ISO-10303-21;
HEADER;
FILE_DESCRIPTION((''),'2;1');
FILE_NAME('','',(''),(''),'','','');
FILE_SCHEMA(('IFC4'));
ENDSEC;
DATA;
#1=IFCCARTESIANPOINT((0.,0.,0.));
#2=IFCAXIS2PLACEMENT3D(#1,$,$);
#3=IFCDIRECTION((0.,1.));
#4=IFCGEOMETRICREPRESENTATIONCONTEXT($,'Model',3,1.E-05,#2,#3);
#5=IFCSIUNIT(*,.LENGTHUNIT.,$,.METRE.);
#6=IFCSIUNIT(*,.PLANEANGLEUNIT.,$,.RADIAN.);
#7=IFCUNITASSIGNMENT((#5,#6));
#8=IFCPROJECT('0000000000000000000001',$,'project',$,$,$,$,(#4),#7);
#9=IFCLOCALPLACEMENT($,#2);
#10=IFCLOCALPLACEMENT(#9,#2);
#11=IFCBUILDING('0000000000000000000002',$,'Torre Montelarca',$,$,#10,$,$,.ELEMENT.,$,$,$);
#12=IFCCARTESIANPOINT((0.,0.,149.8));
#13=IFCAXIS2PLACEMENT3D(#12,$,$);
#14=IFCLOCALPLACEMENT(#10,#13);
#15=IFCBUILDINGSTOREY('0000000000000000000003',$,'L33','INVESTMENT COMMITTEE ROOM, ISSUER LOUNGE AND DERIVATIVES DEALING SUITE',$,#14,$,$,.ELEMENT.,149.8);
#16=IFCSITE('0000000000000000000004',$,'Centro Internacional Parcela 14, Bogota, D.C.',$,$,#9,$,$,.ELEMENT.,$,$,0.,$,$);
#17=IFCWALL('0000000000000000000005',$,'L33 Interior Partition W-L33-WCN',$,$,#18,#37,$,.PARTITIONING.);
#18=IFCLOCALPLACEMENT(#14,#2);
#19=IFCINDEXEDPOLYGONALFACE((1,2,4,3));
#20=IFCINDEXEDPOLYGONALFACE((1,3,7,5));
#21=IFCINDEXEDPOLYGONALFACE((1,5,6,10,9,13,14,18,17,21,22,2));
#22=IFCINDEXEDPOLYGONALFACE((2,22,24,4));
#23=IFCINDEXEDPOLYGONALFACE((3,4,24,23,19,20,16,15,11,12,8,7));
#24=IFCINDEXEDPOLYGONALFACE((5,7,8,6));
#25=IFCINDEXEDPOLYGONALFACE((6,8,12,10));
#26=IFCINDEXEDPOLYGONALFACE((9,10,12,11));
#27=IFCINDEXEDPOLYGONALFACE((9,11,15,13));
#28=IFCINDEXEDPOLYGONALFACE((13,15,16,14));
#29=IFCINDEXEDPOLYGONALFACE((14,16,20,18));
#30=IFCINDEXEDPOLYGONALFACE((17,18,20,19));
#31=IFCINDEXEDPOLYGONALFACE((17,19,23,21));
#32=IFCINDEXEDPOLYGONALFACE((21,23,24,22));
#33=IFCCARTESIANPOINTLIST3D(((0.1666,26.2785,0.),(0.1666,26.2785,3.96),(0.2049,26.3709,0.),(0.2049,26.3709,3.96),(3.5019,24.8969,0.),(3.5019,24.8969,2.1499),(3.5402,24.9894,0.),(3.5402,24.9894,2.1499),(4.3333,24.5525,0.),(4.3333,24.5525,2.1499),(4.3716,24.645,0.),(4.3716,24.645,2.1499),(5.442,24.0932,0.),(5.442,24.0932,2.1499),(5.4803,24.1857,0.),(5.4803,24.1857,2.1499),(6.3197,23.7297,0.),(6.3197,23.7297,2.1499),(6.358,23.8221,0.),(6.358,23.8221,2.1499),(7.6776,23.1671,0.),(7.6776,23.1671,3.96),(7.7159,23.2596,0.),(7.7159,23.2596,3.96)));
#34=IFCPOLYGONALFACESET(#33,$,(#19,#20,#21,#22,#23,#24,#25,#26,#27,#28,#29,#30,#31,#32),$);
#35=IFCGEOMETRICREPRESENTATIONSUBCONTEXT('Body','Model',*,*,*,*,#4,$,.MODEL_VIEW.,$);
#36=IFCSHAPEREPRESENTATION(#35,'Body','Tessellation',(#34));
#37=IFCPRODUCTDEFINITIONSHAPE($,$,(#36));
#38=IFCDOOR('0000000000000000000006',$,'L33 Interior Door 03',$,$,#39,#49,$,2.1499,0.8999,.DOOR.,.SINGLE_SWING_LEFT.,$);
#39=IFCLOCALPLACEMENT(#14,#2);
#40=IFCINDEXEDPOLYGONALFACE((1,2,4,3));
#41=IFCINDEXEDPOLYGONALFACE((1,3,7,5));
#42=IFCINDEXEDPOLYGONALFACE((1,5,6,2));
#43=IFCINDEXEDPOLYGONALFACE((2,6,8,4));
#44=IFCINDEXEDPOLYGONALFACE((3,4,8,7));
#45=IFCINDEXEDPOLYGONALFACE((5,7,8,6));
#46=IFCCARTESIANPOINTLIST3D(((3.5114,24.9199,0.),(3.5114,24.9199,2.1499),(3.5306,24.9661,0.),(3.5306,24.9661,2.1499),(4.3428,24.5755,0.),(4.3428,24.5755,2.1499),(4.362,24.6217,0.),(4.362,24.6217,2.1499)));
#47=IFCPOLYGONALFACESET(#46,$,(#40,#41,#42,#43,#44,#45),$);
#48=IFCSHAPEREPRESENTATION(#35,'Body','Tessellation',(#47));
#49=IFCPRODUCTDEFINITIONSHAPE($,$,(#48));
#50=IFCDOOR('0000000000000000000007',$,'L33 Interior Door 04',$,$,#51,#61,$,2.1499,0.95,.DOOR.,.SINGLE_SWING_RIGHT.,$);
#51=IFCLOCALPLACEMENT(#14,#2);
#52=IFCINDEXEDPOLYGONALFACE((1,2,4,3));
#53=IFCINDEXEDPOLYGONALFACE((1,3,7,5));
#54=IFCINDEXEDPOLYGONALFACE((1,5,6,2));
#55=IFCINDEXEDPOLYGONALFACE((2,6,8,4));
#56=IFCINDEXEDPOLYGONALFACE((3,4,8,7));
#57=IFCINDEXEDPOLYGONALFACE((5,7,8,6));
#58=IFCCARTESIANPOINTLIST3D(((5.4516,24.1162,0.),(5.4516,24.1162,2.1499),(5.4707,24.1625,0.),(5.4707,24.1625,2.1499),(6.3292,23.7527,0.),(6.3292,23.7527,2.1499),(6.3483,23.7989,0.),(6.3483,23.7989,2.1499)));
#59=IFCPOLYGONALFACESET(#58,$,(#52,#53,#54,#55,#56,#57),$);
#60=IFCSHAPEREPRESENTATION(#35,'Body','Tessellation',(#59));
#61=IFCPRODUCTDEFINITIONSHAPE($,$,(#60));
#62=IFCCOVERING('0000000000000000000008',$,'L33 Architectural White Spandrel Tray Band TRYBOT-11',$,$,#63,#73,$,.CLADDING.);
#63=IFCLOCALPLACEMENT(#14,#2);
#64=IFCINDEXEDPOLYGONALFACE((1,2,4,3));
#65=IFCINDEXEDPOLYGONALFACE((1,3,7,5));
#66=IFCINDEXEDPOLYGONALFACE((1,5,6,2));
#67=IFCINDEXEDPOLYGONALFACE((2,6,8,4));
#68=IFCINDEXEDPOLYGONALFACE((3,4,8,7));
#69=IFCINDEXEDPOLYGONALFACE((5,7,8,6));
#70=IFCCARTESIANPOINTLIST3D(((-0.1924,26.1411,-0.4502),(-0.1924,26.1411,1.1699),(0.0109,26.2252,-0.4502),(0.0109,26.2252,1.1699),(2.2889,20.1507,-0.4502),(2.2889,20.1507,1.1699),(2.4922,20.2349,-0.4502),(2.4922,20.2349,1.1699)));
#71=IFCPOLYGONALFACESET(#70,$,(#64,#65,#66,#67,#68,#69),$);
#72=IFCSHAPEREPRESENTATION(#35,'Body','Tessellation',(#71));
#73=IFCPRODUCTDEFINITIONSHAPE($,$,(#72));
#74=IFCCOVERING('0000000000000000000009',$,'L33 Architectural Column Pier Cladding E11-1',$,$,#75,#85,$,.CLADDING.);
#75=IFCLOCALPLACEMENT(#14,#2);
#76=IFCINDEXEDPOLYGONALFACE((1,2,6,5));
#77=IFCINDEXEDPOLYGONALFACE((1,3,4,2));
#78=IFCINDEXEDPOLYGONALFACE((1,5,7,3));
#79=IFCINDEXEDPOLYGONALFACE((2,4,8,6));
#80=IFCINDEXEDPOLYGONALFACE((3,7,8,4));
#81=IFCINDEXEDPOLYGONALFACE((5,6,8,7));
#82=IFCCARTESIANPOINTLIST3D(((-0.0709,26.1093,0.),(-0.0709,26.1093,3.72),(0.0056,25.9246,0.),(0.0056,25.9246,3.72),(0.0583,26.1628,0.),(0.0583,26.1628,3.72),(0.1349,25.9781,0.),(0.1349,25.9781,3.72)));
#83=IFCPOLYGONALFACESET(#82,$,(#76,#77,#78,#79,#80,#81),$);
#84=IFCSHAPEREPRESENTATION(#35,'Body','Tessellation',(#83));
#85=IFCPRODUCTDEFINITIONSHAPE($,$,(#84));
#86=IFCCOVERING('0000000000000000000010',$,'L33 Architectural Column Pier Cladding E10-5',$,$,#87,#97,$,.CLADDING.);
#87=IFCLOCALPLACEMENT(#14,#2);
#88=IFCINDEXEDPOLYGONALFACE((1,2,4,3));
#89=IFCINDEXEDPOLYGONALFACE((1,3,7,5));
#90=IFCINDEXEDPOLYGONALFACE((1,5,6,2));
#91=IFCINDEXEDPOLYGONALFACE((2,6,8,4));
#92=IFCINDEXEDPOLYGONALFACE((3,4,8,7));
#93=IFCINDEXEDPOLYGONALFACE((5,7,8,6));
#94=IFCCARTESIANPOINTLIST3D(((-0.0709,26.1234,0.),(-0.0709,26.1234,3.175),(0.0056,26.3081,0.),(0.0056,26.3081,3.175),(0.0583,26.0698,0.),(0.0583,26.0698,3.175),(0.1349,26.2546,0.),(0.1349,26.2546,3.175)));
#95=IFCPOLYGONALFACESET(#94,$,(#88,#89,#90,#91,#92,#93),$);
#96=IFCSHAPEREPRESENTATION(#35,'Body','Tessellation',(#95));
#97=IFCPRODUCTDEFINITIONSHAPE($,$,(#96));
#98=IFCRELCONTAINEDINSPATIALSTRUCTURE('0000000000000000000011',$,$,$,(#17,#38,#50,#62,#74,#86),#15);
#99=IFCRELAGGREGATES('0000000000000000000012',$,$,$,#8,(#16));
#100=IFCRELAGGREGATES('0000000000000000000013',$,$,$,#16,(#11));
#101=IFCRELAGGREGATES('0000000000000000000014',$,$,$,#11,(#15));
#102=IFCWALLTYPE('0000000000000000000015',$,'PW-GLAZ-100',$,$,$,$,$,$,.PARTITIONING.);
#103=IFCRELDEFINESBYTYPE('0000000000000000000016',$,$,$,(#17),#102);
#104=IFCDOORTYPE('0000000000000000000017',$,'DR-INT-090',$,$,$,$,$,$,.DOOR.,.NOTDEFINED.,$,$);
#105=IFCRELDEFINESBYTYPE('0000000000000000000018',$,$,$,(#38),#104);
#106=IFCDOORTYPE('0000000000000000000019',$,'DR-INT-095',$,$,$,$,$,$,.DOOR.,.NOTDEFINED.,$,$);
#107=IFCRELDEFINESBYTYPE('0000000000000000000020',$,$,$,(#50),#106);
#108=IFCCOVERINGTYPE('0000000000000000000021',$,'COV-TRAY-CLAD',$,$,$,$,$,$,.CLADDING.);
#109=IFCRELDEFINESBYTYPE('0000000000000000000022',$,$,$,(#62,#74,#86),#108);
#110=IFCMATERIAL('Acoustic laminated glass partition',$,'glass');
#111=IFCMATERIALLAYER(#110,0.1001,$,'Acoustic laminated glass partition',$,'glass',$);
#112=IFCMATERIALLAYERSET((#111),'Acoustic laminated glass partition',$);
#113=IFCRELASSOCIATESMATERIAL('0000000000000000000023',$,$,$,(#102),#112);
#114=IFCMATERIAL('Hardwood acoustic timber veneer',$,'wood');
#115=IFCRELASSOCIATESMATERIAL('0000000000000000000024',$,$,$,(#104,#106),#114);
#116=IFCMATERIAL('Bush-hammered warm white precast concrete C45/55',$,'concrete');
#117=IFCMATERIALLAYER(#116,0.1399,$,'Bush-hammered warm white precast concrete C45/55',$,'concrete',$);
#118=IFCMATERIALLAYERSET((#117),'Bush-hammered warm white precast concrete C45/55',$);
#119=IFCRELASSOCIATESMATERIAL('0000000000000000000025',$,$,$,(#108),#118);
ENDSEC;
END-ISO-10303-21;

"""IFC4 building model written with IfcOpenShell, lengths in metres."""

from ifc_helpers import new_model, si_unit, direction, frame, frame_2d, origin, origin_2d, place, context, subcontext, project, spatial, rectangle, extrude, source, transform, mapped, material, layer, layer_set, type_object, element, fill, save


model = new_model("IFC4")

# Units and contexts
model_context = context("Model", 3, precision=1e-05, world=origin(), true_north=direction((0.0, 1.0)))
body_context = subcontext(model_context, "Body", "Model", "MODEL_VIEW")
ifc_project = project(units=[si_unit("LENGTHUNIT", "METRE"), si_unit("PLANEANGLEUNIT", "RADIAN")], contexts=[model_context])

# Site, building, storey
site_placement = place(None, origin())
site = spatial("IfcSite", under=ifc_project, at=site_placement, Name="Centro Internacional Parcela 14, Bogota, D.C.", CompositionType="ELEMENT", RefElevation=0.0)
building_placement = place(site_placement, origin())
building = spatial("IfcBuilding", under=site, at=building_placement, Name="Torre Montelarca", CompositionType="ELEMENT")
storey_placement = place(building_placement, frame((0.0, 0.0, 149.8)))
storey = spatial("IfcBuildingStorey", under=building, at=storey_placement, Name="L33", Description="INVESTMENT COMMITTEE ROOM, ISSUER LOUNGE AND DERIVATIVES DEALING SUITE", CompositionType="ELEMENT", Elevation=149.8)

# Wall, openings, doors
ifc_material_1 = material(Name="Acoustic laminated glass partition", Category="glass")
ifc_layer_1 = layer(ifc_material_1, 0.1001, Name="Acoustic laminated glass partition", Category="glass")
ifc_layer_set_1 = layer_set([ifc_layer_1], Name="Acoustic laminated glass partition")
wall_type = type_object("IfcWallType", Name="PW-GLAZ-100", PredefinedType="PARTITIONING", material=ifc_layer_set_1)
wall_placement = place(storey_placement, frame((0.1858, 26.3247, 0.0), z_axis=(0.0, 0.0, 1.0), x_axis=(0.923872, -0.382702, 0.0)))
wall = element("IfcWall", 1, at=wall_placement, inside=storey, type_object=wall_type, Name="L33 Interior Partition W-L33-WCN", PredefinedType="PARTITIONING", context=body_context, shape_type="SweptSolid", body=[
    extrude(rectangle(XDim=8.1299, YDim=0.1001, at=frame_2d((4.0649, 0.0))), origin(), (0.0, 0.0, 1.0), 3.96),
])
opening_1_placement = place(wall_placement, frame((3.6101, 0.0, 0.0)))
opening_1 = element("IfcOpeningElement", 2, at=opening_1_placement, cuts=wall, PredefinedType="OPENING", context=body_context, shape_type="SweptSolid", body=[
    extrude(rectangle(XDim=0.8999, YDim=2.1499, at=frame_2d((0.45, 1.075))), frame((0.0, 0.0601, 0.0), z_axis=(0.0, -1.0, 0.0), x_axis=(1.0, 0.0, 0.0)), (0.0, 0.0, 1.0), 0.1201),
])
opening_2_placement = place(wall_placement, frame((5.71, 0.0, 0.0)))
opening_2 = element("IfcOpeningElement", 3, at=opening_2_placement, cuts=wall, PredefinedType="OPENING", context=body_context, shape_type="SweptSolid", body=[
    extrude(rectangle(XDim=0.95, YDim=2.1499, at=frame_2d((0.4751, 1.075))), frame((0.0, 0.0601, 0.0), z_axis=(0.0, -1.0, 0.0), x_axis=(1.0, 0.0, 0.0)), (0.0, 0.0, 1.0), 0.1201),
])
ifc_material_2 = material(Name="Hardwood acoustic timber veneer", Category="wood")
door_type_1 = type_object("IfcDoorType", Name="DR-INT-090", OperationType="NOTDEFINED", PredefinedType="DOOR", material=ifc_material_2)
shared_shape_1 = source(origin(), body_context, "Body", "SweptSolid", [
    extrude(rectangle(XDim=0.8999, YDim=2.1499, at=frame_2d((0.45, 1.075))), frame((0.0, 0.0249, 0.0), z_axis=(0.0, -1.0, 0.0), x_axis=(1.0, 0.0, 0.0)), (0.0, 0.0, 1.0), 0.05),
])
door_1_placement = place(opening_1_placement, origin())
door_1 = element("IfcDoor", 4, at=door_1_placement, inside=storey, type_object=door_type_1, Name="L33 Interior Door 03", OperationType="SINGLE_SWING_LEFT", OverallHeight=2.1499, OverallWidth=0.8999, PredefinedType="DOOR", context=body_context, shape_type="MappedRepresentation", body=[
    mapped(shared_shape_1, transform((0.0, 0.0, 0.0), scale=1.0)),
])
fill(opening_1, door_1)
door_type_2 = type_object("IfcDoorType", Name="DR-INT-095", OperationType="NOTDEFINED", PredefinedType="DOOR", material=ifc_material_2)
shared_shape_2 = source(origin(), body_context, "Body", "SweptSolid", [
    extrude(rectangle(XDim=0.95, YDim=2.1499, at=frame_2d((0.4751, 1.075))), frame((0.0, 0.0249, 0.0), z_axis=(0.0, -1.0, 0.0), x_axis=(1.0, 0.0, 0.0)), (0.0, 0.0, 1.0), 0.05),
])
door_2_placement = place(opening_2_placement, origin())
door_2 = element("IfcDoor", 5, at=door_2_placement, inside=storey, type_object=door_type_2, Name="L33 Interior Door 04", OperationType="SINGLE_SWING_RIGHT", OverallHeight=2.1499, OverallWidth=0.95, PredefinedType="DOOR", context=body_context, shape_type="MappedRepresentation", body=[
    mapped(shared_shape_2, transform((0.0, 0.0, 0.0), scale=1.0)),
])
fill(opening_2, door_2)

# Coverings
ifc_material_3 = material(Name="Bush-hammered warm white precast concrete C45/55", Category="concrete")
ifc_layer_2 = layer(ifc_material_3, 0.1399, Name="Bush-hammered warm white precast concrete C45/55", Category="concrete")
ifc_layer_set_2 = layer_set([ifc_layer_2], Name="Bush-hammered warm white precast concrete C45/55")
covering_type = type_object("IfcCoveringType", Name="COV-TRAY-CLAD", PredefinedType="CLADDING", material=ifc_layer_set_2)
shared_shape_3 = source(origin(), body_context, "Body", "SweptSolid", [
    extrude(rectangle(XDim=6.4839, YDim=0.22, at=origin_2d()), origin(), (0.0, 0.0, 1.0), 1.6201),
])
covering_1_placement = place(storey_placement, frame((1.1499, 23.188, -0.4502), z_axis=(0.0, 0.0, 1.0), x_axis=(0.382688, -0.923878, 0.0)))
element("IfcCovering", 6, at=covering_1_placement, inside=storey, type_object=covering_type, Name="L33 Architectural White Spandrel Tray Band TRYBOT-11", PredefinedType="CLADDING", context=body_context, shape_type="MappedRepresentation", body=[
    mapped(shared_shape_3, transform((0.0, 0.0, 0.0), scale=1.0)),
])
shared_shape_4 = source(origin(), body_context, "Body", "SweptSolid", [
    extrude(rectangle(XDim=0.2, YDim=0.1399, at=origin_2d()), origin(), (0.0, 0.0, 1.0), 3.72),
])
covering_2_placement = place(storey_placement, frame((0.032, 26.0437, 0.0), z_axis=(0.0, 0.0, 1.0), x_axis=(0.382688, -0.923878, 0.0)))
element("IfcCovering", 7, at=covering_2_placement, inside=storey, type_object=covering_type, Name="L33 Architectural Column Pier Cladding E11-1", PredefinedType="CLADDING", context=body_context, shape_type="MappedRepresentation", body=[
    mapped(shared_shape_4, transform((0.0, 0.0, 0.0), scale=1.0)),
])
shared_shape_5 = source(origin(), body_context, "Body", "SweptSolid", [
    extrude(rectangle(XDim=0.2, YDim=0.1399, at=origin_2d()), origin(), (0.0, 0.0, 1.0), 3.175),
])
covering_3_placement = place(storey_placement, frame((0.032, 26.189, 0.0), z_axis=(0.0, 0.0, 1.0), x_axis=(-0.38268, -0.923881, 0.0)))
element("IfcCovering", 8, at=covering_3_placement, inside=storey, type_object=covering_type, Name="L33 Architectural Column Pier Cladding E10-5", PredefinedType="CLADDING", context=body_context, shape_type="MappedRepresentation", body=[
    mapped(shared_shape_5, transform((0.0, 0.0, 0.0), scale=1.0)),
])

save(model, "model.ifc")
